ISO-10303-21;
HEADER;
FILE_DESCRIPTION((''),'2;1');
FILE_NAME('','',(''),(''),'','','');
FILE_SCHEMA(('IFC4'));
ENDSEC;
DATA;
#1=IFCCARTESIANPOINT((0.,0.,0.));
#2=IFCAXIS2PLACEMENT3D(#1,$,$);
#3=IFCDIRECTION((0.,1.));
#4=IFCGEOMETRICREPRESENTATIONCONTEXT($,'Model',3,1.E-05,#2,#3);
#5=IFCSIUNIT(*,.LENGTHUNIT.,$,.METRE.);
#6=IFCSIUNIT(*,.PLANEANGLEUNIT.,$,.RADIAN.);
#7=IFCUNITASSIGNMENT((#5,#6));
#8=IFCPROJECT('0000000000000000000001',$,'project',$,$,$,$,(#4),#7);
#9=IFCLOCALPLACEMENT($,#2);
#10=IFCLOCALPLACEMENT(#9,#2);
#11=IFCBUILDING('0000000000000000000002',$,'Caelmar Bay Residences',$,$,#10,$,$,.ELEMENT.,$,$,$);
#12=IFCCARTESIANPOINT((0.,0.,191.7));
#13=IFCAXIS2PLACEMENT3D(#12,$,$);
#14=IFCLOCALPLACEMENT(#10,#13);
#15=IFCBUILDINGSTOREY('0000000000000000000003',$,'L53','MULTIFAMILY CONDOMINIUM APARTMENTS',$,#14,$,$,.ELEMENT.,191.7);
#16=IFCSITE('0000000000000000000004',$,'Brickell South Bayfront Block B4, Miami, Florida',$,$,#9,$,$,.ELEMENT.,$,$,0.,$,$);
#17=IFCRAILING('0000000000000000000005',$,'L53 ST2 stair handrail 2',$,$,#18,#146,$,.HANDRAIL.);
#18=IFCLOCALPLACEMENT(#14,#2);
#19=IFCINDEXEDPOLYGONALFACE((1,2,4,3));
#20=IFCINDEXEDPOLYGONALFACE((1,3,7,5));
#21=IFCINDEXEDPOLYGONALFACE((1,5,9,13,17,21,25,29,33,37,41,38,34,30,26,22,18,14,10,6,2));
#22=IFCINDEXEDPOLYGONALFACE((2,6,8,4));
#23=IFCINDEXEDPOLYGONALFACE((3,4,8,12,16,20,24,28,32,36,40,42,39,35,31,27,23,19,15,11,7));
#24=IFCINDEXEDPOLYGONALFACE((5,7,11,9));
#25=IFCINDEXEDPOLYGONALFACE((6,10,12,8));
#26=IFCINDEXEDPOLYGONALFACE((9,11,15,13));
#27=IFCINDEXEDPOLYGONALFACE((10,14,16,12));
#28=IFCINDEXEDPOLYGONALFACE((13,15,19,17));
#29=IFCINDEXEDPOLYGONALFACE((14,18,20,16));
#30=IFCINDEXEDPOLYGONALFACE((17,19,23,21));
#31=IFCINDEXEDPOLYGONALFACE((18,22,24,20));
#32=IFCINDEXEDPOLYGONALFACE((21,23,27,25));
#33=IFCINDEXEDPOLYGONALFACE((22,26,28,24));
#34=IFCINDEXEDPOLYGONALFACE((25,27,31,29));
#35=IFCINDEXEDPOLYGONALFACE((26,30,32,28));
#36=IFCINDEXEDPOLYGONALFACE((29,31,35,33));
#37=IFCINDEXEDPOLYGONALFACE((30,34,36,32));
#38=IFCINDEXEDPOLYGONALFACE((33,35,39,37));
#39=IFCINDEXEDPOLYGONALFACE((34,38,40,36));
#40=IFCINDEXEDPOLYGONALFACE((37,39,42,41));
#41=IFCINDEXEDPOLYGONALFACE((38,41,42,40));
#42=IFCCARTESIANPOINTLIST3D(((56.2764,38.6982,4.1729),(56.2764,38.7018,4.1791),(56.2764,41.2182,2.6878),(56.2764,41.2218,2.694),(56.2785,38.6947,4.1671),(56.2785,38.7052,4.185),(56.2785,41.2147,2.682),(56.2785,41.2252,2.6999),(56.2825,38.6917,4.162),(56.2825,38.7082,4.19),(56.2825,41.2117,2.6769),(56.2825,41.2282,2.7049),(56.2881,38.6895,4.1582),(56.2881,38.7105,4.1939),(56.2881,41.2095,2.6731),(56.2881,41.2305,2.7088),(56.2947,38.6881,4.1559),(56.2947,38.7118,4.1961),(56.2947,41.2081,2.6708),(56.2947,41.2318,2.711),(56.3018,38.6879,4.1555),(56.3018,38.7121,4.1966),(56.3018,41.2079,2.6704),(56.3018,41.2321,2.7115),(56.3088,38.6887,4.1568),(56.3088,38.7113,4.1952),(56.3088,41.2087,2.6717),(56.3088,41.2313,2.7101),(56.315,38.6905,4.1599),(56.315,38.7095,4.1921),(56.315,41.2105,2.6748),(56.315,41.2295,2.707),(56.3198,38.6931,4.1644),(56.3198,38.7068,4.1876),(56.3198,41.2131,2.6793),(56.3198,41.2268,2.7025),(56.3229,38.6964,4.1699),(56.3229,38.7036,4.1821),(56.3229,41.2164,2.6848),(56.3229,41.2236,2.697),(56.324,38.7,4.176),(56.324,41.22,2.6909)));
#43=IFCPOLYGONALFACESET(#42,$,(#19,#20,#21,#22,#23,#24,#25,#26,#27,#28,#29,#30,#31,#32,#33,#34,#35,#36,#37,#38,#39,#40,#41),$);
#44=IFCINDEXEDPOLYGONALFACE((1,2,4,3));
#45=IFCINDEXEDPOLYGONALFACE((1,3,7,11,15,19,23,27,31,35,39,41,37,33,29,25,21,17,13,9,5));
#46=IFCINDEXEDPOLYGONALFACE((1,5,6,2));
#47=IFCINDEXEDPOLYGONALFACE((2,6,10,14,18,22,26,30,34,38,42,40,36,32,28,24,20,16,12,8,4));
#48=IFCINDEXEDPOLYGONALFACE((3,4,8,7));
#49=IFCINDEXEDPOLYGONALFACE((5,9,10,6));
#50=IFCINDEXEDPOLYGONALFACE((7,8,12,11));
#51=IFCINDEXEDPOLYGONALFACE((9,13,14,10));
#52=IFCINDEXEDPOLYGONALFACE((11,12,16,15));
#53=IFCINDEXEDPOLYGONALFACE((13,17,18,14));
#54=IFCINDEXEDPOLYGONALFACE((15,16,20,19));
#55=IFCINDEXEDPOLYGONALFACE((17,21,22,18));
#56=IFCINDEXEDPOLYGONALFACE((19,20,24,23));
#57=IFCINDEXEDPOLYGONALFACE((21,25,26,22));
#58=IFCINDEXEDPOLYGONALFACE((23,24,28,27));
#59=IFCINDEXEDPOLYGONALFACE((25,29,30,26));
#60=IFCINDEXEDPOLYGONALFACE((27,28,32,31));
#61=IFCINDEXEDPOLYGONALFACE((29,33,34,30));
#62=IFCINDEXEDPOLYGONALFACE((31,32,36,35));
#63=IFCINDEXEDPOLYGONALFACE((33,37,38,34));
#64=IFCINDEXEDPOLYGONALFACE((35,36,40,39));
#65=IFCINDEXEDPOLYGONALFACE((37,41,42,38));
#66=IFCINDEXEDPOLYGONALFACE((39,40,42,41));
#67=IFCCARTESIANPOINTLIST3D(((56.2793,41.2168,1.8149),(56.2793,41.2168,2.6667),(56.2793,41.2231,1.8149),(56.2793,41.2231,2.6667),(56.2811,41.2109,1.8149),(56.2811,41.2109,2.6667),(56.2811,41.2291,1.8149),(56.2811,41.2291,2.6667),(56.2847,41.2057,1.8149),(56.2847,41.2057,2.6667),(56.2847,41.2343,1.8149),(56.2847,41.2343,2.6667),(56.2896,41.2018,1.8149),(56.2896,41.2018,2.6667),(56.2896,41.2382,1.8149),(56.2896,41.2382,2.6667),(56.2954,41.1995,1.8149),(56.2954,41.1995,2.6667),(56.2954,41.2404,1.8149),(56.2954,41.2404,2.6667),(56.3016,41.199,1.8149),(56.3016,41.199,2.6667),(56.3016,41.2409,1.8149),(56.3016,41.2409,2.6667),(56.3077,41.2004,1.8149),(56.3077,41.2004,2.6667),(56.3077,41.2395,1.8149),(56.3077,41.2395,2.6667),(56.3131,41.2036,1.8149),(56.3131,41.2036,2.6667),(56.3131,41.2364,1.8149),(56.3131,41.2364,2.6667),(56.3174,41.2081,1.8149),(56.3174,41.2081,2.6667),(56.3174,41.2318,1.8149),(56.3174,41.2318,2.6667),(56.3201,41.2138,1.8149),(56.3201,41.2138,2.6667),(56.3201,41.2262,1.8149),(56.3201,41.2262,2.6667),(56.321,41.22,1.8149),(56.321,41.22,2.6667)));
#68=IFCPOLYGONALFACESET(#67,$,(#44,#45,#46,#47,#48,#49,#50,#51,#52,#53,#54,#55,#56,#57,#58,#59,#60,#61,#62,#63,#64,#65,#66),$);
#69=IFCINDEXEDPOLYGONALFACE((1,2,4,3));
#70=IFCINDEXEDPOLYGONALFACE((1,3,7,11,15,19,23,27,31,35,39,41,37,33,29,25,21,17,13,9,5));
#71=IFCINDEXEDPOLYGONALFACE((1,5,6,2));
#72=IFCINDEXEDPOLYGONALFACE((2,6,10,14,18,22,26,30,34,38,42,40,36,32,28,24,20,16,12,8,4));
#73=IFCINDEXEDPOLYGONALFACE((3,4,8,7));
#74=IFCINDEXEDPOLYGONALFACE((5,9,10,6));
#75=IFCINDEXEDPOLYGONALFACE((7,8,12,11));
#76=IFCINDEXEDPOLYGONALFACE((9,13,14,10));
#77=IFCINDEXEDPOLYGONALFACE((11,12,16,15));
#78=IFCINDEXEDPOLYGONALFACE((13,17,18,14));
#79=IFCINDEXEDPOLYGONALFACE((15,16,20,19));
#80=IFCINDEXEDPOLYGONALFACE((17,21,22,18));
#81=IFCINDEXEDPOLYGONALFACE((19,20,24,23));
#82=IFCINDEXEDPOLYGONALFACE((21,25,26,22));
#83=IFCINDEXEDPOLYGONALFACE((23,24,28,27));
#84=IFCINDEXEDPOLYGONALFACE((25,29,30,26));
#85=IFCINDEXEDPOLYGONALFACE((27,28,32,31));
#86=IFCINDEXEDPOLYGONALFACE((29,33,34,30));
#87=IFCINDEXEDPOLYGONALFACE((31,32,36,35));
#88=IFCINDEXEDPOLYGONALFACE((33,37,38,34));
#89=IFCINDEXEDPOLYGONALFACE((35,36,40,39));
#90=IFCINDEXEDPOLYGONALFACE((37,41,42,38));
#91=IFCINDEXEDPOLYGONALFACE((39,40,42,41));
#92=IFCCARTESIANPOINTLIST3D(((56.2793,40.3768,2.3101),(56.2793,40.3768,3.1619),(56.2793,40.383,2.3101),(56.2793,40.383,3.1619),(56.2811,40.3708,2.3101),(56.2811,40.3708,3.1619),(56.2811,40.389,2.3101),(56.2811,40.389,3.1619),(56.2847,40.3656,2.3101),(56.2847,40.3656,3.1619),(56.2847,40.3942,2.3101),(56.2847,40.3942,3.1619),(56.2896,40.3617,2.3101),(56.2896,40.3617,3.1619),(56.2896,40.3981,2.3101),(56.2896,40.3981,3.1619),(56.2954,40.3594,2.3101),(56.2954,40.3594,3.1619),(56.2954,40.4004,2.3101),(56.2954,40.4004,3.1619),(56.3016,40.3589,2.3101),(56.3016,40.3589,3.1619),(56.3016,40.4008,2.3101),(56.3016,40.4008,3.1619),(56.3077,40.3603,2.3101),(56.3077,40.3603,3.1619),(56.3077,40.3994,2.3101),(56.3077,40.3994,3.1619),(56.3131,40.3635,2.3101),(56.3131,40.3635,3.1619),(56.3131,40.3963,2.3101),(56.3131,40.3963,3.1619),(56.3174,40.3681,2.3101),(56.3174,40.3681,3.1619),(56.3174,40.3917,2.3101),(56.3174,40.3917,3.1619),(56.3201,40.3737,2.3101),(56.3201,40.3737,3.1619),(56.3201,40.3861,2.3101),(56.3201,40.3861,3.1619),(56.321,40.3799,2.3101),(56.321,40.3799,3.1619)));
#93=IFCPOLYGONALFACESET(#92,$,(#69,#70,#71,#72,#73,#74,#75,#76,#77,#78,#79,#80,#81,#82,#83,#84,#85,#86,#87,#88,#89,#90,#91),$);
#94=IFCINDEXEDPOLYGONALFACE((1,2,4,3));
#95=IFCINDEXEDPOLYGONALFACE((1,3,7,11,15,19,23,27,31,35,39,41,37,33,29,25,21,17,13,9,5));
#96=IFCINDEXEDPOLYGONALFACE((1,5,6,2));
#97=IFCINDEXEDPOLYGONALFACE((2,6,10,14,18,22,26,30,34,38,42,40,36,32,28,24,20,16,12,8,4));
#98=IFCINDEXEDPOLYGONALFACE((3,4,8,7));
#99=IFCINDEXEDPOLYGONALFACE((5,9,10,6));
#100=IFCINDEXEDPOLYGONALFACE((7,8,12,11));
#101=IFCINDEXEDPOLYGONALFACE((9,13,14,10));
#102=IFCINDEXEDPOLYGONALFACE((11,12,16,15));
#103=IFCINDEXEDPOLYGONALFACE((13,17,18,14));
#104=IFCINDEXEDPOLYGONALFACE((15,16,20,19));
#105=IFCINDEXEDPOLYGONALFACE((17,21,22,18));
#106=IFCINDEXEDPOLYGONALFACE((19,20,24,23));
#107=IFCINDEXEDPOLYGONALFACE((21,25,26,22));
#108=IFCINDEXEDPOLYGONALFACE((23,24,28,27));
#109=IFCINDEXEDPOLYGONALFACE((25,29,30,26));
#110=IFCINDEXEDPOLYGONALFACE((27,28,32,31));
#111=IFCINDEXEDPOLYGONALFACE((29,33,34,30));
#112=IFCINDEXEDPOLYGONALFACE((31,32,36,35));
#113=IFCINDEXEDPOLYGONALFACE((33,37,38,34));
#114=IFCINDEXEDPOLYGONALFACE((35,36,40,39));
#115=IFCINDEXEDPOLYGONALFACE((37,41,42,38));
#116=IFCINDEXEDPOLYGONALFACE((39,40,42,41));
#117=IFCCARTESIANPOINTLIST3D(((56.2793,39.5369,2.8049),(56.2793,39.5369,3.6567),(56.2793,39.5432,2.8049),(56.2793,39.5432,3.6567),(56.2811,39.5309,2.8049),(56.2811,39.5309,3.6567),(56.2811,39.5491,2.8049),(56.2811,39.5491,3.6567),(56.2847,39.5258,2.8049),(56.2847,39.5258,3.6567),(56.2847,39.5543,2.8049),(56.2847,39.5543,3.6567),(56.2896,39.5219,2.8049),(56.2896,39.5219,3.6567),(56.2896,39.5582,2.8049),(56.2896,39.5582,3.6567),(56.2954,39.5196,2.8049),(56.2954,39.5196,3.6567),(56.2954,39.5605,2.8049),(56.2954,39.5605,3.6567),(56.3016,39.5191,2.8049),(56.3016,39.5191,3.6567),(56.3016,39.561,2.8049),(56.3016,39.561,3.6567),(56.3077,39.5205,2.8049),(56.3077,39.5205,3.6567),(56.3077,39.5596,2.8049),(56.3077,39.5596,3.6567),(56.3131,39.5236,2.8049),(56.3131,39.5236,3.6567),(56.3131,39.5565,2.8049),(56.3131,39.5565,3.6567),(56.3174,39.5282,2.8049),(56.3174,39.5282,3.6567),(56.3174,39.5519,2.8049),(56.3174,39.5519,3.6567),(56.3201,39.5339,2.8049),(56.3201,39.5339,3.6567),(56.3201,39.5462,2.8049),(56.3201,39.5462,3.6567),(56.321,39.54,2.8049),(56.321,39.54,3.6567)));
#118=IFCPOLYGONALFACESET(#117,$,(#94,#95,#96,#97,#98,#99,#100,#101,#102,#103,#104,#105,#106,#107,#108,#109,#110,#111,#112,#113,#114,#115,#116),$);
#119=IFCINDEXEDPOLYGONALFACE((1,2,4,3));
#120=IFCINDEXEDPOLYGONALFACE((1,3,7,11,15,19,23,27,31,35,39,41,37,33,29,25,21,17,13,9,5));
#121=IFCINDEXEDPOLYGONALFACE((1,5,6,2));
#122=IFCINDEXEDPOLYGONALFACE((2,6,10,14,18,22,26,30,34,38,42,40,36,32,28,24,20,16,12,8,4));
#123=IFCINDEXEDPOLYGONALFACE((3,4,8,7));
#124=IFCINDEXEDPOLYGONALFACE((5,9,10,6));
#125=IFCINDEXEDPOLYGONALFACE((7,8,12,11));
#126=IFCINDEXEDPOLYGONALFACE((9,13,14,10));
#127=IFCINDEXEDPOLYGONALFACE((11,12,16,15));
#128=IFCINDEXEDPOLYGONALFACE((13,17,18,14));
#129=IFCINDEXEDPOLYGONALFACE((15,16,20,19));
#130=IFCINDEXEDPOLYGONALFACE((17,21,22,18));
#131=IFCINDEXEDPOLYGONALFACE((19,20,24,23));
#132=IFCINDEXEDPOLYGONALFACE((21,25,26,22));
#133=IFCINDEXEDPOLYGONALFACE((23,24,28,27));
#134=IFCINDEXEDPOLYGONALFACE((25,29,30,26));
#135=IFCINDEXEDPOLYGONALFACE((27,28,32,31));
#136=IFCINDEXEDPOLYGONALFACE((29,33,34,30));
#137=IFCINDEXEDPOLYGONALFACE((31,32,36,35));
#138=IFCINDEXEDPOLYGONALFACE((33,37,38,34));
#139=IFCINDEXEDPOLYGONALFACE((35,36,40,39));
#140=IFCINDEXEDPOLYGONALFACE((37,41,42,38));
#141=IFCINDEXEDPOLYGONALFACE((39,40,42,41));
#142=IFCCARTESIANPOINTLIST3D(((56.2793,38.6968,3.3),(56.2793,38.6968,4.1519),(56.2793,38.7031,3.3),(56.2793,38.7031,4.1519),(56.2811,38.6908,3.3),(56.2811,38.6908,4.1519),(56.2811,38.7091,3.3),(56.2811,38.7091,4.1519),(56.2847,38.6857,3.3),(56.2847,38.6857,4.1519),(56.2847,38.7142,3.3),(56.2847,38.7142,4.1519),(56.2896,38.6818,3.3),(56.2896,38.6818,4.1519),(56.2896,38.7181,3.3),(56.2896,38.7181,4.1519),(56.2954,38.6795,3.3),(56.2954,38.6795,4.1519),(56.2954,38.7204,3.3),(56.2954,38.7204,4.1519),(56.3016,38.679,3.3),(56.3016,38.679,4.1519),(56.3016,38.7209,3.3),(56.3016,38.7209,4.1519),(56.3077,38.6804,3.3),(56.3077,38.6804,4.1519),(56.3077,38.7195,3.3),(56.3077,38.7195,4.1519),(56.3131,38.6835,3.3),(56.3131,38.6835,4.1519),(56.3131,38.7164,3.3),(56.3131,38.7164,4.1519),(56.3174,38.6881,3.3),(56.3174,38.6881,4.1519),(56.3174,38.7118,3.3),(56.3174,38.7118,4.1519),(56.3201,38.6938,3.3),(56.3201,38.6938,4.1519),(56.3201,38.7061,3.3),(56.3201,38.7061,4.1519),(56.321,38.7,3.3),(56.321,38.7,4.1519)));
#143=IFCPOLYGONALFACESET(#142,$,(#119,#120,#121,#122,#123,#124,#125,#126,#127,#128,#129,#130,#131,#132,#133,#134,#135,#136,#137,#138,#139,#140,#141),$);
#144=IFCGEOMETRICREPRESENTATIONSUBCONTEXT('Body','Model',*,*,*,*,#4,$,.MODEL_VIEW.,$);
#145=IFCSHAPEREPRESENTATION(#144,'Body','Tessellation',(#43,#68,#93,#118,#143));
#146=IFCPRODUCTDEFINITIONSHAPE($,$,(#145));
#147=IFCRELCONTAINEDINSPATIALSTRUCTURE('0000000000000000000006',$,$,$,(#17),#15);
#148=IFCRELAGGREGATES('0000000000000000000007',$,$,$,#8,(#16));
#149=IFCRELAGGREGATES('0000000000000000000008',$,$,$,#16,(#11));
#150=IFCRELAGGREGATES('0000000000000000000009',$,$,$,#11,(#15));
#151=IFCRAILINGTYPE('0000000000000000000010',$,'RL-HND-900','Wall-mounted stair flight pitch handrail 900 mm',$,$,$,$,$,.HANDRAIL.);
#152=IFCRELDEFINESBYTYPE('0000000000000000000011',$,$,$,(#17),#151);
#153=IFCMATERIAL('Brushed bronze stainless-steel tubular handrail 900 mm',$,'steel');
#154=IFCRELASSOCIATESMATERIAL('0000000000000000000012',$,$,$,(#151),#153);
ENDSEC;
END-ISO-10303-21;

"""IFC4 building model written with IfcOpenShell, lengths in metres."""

from ifc_helpers import new_model, si_unit, direction, frame, origin, origin_2d, place, context, subcontext, project, spatial, circle, extrude, material, type_object, element, save


model = new_model("IFC4")

# Units and contexts
model_context = context("Model", 3, precision=1e-05, world=origin(), true_north=direction((0.0, 1.0)))
body_context = subcontext(model_context, "Body", "Model", "MODEL_VIEW")
ifc_project = project(units=[si_unit("LENGTHUNIT", "METRE"), si_unit("PLANEANGLEUNIT", "RADIAN")], contexts=[model_context])

# Site, building, storey
site_placement = place(None, origin())
site = spatial("IfcSite", under=ifc_project, at=site_placement, Name="Brickell South Bayfront Block B4, Miami, Florida", CompositionType="ELEMENT", RefElevation=0.0)
building_placement = place(site_placement, origin())
building = spatial("IfcBuilding", under=site, at=building_placement, Name="Caelmar Bay Residences", CompositionType="ELEMENT")
storey_placement = place(building_placement, frame((0.0, 0.0, 191.7)))
storey = spatial("IfcBuildingStorey", under=building, at=storey_placement, Name="L53", Description="MULTIFAMILY CONDOMINIUM APARTMENTS", CompositionType="ELEMENT", Elevation=191.7)

# Railing
ifc_material_1 = material(Name="Brushed bronze stainless-steel tubular handrail 900 mm", Category="steel")
railing_type_1 = type_object("IfcRailingType", Name="RL-HND-900", Description="Wall-mounted stair flight pitch handrail 900 mm", PredefinedType="HANDRAIL", material=ifc_material_1)
railing_1_placement = place(storey_placement, frame((56.3, 41.22, 1.8149)))
element("IfcRailing", 1, at=railing_1_placement, inside=storey, type_object=railing_type_1, Name="L53 ST2 stair handrail 2", PredefinedType="HANDRAIL", context=body_context, shape_type="SweptSolid", body=[
    extrude(circle(Radius=0.0239, at=origin_2d()), frame((0.0, 0.0, 0.876), z_axis=(0.0, -0.861524, 0.507717), x_axis=(1.0, 0.0, 0.0)), (0.0, 0.0, 1.0), 2.925),
    extrude(circle(Radius=0.021, at=origin_2d()), origin(), (0.0, 0.0, 1.0), 0.8518),
    extrude(circle(Radius=0.021, at=origin_2d()), frame((0.0, -0.8401, 0.4951)), (0.0, 0.0, 1.0), 0.8518),
    extrude(circle(Radius=0.021, at=origin_2d()), frame((0.0, -1.6799, 0.99)), (0.0, 0.0, 1.0), 0.8518),
    extrude(circle(Radius=0.021, at=origin_2d()), frame((0.0, -2.52, 1.4851)), (0.0, 0.0, 1.0), 0.8518),
])

save(model, "model.ifc")
